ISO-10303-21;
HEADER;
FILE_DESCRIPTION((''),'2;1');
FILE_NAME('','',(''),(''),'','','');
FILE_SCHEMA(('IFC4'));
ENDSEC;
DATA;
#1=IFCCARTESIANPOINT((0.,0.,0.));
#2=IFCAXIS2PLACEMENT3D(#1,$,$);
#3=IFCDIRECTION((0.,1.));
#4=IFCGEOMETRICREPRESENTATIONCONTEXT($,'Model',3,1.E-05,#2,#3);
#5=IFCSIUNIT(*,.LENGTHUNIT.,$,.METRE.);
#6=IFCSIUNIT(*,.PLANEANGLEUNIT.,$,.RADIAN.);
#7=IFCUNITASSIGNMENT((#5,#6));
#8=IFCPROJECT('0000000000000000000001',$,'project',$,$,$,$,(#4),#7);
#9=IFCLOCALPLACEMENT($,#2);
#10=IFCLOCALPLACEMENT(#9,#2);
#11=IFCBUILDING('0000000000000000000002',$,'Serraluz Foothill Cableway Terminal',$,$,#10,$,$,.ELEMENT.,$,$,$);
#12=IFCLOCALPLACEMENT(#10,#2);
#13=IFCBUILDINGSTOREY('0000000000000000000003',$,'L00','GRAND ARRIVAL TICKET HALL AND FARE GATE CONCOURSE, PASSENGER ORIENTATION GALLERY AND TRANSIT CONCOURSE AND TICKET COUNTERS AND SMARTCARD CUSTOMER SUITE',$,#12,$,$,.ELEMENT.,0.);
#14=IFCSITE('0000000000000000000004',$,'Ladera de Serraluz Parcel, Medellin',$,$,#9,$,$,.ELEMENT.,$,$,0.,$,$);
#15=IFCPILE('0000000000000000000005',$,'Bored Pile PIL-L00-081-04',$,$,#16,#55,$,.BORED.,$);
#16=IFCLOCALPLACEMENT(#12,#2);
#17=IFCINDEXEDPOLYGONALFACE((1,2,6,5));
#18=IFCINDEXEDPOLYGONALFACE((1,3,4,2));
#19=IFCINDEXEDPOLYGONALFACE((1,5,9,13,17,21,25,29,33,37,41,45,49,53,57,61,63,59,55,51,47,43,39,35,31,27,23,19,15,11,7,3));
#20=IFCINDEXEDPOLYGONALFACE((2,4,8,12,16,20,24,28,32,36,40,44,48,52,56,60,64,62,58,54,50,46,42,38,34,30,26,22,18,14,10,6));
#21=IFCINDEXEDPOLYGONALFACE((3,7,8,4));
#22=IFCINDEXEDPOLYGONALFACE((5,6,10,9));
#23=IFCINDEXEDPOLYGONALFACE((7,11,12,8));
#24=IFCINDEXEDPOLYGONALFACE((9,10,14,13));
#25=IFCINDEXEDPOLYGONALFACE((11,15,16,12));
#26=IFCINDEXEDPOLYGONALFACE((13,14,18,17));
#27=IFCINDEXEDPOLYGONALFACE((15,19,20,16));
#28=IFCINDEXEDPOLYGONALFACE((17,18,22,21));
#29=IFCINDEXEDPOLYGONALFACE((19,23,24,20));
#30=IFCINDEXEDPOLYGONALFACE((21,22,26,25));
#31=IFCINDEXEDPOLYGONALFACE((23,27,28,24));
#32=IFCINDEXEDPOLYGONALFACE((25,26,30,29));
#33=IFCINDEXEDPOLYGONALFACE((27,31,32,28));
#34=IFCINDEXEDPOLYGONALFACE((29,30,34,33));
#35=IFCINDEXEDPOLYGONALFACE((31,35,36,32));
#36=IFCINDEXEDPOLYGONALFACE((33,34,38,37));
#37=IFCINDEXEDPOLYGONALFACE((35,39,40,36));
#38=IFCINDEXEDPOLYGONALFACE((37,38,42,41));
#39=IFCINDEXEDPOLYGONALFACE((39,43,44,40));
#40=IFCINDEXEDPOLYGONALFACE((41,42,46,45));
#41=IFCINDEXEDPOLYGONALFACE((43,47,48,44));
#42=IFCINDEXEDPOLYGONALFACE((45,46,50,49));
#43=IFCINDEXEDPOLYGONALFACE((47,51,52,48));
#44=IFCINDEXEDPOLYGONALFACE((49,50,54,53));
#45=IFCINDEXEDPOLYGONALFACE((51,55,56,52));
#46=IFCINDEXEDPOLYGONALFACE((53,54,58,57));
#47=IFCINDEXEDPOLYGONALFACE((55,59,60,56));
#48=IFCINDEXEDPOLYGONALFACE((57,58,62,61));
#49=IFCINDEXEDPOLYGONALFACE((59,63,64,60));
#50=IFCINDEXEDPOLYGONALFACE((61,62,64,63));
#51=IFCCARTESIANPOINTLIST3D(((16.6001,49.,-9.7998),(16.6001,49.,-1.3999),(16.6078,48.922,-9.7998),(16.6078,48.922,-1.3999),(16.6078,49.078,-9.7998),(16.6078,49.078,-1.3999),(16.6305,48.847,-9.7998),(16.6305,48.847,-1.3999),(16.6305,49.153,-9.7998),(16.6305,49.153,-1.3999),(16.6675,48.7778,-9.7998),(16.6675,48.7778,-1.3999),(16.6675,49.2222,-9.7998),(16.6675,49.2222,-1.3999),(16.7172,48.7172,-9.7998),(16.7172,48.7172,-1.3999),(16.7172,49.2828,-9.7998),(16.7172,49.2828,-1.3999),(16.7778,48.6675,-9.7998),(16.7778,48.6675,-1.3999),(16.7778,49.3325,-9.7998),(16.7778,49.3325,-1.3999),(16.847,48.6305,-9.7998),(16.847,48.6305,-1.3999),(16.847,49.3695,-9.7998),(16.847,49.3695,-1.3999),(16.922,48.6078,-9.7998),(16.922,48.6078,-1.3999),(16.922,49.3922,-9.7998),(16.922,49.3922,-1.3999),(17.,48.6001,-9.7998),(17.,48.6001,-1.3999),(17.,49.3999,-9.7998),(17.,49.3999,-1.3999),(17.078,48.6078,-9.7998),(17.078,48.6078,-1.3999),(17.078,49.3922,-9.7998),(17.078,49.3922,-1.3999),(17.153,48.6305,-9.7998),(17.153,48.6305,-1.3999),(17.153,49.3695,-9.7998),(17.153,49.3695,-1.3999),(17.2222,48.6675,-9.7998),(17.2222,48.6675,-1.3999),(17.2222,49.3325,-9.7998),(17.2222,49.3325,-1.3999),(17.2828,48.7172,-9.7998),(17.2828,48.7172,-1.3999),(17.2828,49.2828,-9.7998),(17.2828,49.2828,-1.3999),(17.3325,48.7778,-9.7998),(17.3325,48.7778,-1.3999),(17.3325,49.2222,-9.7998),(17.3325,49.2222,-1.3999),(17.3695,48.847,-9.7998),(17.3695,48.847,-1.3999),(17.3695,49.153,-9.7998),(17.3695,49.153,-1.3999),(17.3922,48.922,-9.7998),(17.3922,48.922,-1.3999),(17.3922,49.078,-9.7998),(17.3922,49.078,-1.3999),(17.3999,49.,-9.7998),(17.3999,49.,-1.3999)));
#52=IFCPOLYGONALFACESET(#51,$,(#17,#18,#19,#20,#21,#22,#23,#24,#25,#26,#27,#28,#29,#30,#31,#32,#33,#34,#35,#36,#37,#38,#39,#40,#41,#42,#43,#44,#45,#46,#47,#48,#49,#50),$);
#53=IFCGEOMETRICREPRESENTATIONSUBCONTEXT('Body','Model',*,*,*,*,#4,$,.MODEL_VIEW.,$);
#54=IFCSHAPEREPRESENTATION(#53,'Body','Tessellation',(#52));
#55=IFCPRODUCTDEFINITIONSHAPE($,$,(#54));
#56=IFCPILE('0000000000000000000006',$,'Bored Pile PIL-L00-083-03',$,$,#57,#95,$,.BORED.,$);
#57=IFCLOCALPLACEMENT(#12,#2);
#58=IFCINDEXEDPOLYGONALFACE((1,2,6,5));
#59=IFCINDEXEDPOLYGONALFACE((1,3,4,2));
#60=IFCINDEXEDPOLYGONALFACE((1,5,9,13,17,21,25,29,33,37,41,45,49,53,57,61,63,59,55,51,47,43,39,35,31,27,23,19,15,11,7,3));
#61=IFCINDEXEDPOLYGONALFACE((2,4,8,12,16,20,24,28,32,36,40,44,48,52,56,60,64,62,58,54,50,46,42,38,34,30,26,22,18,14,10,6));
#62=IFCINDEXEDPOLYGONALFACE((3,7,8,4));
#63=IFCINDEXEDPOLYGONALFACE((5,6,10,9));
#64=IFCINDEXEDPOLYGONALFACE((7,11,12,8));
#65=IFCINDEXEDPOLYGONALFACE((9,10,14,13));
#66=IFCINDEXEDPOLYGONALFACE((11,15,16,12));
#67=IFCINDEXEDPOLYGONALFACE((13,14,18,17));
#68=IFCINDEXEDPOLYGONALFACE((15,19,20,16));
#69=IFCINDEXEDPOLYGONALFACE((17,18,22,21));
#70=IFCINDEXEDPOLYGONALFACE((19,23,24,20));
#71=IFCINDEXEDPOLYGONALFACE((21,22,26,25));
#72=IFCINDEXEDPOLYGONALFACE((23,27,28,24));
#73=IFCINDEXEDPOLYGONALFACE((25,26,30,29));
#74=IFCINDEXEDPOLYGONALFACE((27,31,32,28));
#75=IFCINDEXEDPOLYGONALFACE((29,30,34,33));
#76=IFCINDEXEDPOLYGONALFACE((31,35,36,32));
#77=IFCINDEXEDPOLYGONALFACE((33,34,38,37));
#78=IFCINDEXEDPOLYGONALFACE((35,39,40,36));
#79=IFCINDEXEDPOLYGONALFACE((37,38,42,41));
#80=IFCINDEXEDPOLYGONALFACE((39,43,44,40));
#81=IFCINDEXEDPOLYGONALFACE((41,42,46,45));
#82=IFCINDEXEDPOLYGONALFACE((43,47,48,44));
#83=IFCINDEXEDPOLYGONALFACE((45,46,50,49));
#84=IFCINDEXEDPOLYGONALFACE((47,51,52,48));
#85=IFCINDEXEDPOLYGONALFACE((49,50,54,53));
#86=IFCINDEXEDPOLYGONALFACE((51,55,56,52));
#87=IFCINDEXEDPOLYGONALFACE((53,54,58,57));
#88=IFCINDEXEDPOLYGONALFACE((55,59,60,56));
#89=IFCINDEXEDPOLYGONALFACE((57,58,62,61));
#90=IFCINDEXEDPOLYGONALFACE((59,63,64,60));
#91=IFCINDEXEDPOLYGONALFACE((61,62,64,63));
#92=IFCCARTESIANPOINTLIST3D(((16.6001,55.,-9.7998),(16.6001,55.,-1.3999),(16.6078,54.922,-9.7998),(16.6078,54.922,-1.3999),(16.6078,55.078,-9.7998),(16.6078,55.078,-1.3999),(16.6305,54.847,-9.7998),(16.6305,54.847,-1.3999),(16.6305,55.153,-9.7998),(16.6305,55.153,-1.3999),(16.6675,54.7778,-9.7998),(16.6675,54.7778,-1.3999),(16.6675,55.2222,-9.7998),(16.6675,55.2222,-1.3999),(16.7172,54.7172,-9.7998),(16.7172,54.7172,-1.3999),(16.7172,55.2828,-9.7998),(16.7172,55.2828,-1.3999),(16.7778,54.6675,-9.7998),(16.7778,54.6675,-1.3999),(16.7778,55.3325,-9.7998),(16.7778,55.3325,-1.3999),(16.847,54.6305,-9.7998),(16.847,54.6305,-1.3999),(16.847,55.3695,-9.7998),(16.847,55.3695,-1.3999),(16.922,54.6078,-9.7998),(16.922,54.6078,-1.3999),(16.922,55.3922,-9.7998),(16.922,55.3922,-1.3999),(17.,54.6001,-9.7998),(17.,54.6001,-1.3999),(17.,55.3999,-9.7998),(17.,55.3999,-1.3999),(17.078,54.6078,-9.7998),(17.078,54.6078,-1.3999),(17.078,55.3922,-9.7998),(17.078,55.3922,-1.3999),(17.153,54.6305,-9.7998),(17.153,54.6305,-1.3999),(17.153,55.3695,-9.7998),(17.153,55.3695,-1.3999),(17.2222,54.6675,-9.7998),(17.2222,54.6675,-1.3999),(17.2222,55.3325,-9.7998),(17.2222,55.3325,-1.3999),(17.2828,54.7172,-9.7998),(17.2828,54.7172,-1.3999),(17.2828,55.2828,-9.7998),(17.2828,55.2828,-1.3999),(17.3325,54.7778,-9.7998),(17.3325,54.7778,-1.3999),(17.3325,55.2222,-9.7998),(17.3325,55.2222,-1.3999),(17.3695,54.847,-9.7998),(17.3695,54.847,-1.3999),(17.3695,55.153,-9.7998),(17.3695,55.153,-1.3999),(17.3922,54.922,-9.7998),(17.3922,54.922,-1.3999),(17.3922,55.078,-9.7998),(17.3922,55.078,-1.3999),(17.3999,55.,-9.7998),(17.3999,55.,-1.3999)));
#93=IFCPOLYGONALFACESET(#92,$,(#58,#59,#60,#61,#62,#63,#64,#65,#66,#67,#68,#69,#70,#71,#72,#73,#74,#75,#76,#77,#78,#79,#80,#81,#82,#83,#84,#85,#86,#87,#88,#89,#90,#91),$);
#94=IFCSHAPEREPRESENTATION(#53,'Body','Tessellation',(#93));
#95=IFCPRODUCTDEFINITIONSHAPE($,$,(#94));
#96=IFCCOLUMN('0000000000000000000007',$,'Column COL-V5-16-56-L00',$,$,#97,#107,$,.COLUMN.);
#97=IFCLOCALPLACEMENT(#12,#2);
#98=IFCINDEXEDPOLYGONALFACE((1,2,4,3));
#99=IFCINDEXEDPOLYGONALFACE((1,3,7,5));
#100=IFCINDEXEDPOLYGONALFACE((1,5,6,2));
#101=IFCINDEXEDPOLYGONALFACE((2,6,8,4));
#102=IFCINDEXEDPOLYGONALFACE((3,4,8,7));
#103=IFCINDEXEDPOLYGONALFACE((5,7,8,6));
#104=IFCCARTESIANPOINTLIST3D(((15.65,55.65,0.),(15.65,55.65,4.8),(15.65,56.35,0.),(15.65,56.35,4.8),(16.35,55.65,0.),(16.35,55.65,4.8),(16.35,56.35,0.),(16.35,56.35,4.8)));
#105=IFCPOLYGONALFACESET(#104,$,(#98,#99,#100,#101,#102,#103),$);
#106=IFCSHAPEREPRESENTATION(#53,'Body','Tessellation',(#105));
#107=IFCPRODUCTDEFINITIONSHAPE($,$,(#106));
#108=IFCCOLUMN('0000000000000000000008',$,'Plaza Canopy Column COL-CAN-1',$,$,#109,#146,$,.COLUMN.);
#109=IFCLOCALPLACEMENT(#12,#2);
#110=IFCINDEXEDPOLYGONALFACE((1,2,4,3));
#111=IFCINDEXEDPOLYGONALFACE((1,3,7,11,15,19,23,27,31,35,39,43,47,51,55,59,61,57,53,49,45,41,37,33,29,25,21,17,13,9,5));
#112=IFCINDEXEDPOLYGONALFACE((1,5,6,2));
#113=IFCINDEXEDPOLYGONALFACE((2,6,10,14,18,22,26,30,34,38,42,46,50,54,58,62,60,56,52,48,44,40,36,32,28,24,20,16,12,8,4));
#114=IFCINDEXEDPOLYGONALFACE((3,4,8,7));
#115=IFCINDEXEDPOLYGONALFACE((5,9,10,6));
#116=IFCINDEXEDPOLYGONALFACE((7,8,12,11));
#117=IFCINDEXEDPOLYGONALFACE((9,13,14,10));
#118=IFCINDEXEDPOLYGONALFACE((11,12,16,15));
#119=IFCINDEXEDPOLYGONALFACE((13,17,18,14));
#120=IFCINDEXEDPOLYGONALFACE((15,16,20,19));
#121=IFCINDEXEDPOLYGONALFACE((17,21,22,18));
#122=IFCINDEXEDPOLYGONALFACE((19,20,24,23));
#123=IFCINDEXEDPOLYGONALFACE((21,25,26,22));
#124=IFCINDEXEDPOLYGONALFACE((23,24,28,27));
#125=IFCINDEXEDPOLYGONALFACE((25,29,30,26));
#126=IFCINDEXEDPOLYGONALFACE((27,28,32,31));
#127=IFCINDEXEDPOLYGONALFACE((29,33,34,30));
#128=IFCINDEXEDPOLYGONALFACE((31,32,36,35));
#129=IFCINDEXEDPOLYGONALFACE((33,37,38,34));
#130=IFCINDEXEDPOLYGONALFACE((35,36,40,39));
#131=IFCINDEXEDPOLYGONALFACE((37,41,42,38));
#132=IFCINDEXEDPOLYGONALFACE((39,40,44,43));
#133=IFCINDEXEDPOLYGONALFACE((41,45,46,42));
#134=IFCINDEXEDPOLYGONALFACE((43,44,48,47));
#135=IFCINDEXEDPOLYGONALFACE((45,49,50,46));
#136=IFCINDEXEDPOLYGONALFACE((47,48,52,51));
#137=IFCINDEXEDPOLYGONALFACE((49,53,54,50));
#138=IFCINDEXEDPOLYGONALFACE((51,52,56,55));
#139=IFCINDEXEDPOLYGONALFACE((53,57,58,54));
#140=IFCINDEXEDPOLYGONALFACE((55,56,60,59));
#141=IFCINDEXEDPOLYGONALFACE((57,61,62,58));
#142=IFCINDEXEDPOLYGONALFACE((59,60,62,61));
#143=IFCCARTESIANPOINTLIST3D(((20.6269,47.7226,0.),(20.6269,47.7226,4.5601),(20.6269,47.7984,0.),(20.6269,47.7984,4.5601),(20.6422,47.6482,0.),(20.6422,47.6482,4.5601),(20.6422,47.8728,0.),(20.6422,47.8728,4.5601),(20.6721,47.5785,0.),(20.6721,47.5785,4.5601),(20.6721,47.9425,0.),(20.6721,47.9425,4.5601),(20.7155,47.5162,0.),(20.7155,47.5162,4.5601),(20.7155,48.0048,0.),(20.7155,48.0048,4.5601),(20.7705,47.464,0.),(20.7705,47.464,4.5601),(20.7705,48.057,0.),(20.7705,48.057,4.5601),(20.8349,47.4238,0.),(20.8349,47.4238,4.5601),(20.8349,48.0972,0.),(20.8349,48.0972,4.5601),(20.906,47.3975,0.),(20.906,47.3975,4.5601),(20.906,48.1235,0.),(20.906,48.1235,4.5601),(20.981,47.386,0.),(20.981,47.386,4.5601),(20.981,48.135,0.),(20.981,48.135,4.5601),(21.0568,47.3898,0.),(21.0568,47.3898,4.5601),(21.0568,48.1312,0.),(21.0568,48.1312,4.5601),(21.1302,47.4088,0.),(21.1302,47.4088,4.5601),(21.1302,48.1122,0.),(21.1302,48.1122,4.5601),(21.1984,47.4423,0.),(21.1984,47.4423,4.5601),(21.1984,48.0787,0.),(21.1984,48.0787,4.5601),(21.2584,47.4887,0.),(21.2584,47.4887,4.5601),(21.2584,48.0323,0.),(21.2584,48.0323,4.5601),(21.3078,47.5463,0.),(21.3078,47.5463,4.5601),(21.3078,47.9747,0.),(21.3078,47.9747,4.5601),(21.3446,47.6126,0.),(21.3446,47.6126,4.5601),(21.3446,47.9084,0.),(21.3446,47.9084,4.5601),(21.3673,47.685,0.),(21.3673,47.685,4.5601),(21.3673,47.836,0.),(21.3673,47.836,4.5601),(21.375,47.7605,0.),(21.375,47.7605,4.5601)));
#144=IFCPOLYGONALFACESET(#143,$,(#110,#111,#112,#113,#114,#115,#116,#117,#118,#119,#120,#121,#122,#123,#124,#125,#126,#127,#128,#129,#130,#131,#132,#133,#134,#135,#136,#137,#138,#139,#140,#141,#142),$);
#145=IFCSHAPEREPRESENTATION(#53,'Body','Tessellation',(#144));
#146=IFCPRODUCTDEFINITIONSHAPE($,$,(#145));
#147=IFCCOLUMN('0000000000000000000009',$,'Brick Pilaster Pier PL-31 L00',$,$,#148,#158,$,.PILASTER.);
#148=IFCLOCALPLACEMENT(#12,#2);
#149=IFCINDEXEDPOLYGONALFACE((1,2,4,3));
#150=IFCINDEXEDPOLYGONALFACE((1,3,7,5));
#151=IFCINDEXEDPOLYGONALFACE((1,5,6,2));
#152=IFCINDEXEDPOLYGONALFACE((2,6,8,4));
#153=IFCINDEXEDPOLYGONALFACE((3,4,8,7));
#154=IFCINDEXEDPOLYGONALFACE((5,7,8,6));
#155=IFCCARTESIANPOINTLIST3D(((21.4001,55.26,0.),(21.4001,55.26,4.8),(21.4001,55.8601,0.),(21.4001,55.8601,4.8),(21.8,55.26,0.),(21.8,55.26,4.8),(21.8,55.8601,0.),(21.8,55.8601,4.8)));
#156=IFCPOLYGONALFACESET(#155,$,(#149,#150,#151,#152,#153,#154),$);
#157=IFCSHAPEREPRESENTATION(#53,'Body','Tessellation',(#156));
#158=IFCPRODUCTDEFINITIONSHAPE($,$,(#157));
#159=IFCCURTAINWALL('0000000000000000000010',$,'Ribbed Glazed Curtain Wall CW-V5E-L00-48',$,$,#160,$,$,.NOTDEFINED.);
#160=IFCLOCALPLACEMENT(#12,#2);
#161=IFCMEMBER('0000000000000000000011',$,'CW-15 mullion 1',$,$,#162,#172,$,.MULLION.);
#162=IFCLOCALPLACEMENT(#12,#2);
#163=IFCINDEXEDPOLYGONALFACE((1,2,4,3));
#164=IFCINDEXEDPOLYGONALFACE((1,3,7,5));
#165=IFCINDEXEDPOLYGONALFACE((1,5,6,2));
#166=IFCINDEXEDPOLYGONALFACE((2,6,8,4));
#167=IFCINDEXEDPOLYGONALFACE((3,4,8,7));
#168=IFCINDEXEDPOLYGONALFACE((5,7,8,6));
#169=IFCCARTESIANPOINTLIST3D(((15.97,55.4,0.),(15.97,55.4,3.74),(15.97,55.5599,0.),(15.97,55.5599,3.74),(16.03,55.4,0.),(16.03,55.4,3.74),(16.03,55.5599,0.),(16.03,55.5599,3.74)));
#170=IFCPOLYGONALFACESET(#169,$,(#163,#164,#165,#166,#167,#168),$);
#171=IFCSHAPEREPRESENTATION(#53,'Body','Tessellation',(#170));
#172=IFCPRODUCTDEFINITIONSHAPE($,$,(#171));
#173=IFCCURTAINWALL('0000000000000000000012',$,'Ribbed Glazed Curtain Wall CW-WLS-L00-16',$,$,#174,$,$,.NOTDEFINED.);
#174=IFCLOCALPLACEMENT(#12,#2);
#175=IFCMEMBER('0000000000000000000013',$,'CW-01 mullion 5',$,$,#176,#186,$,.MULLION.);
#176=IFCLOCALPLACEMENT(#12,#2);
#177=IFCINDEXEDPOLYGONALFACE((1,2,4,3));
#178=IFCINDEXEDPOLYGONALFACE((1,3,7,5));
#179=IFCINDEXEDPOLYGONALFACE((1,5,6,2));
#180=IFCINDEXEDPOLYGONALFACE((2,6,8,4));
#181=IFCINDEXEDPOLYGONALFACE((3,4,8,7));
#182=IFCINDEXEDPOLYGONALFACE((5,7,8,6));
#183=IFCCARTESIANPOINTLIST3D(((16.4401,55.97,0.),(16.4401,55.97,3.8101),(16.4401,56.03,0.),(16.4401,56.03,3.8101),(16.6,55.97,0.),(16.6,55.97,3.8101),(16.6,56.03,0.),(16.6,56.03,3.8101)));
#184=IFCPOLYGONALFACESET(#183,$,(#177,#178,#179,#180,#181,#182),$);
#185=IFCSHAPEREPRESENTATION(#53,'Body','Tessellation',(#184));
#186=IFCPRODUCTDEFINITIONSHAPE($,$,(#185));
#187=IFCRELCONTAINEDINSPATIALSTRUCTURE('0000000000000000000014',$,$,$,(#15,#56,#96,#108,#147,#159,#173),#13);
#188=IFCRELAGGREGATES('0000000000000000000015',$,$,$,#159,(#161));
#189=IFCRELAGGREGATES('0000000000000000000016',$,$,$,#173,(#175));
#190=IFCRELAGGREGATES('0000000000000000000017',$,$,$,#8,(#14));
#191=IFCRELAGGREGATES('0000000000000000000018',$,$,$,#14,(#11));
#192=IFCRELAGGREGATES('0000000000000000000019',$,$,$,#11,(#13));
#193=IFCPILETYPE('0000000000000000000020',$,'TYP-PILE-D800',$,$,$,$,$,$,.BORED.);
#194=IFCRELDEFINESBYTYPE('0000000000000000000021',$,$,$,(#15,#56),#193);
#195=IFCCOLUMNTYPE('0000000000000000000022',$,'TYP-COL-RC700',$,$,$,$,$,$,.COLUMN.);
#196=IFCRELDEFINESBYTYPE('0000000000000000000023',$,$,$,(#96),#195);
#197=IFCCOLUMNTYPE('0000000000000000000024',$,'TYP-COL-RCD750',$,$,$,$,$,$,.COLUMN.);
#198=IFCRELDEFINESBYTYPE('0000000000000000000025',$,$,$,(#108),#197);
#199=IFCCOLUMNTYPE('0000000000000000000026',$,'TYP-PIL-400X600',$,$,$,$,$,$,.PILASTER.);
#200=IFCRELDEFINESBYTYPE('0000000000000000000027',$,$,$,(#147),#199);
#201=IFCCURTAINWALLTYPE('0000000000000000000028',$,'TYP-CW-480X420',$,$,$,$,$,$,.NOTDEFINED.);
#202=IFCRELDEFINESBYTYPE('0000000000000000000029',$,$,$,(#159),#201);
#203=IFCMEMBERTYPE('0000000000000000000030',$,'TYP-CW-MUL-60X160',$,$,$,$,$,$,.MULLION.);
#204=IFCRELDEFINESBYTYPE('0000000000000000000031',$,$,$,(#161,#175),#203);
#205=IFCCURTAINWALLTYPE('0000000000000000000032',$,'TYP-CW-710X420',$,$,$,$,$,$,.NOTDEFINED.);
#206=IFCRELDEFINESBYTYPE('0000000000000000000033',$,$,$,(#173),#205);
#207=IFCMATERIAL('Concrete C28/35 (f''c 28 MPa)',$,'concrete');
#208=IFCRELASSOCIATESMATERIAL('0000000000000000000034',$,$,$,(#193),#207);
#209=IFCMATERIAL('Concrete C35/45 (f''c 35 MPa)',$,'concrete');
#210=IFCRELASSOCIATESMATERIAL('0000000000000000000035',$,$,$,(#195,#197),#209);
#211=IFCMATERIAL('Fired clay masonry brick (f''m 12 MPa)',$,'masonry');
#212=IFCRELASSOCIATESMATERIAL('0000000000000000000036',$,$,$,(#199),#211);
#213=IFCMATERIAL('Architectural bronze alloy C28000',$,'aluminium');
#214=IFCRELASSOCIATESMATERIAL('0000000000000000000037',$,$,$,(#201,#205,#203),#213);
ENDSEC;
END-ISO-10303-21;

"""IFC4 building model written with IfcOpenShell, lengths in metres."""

from ifc_helpers import new_model, si_unit, direction, frame, origin, origin_2d, place, context, subcontext, project, spatial, rectangle, circle, extrude, material, material_profile, profile_set, type_object, element, aggregate, save


model = new_model("IFC4")

# Units and contexts
model_context = context("Model", 3, precision=1e-05, world=origin(), true_north=direction((0.0, 1.0)))
body_context = subcontext(model_context, "Body", "Model", "MODEL_VIEW")
ifc_project = project(units=[si_unit("LENGTHUNIT", "METRE"), si_unit("PLANEANGLEUNIT", "RADIAN")], contexts=[model_context])

# Site, building, storey
site_placement = place(None, origin())
site = spatial("IfcSite", under=ifc_project, at=site_placement, Name="Ladera de Serraluz Parcel, Medellin", CompositionType="ELEMENT", RefElevation=0.0)
building_placement = place(site_placement, origin())
building = spatial("IfcBuilding", under=site, at=building_placement, Name="Serraluz Foothill Cableway Terminal", CompositionType="ELEMENT")
storey_placement = place(building_placement, origin())
storey = spatial("IfcBuildingStorey", under=building, at=storey_placement, Name="L00", Description="GRAND ARRIVAL TICKET HALL AND FARE GATE CONCOURSE, PASSENGER ORIENTATION GALLERY AND TRANSIT CONCOURSE AND TICKET COUNTERS AND SMARTCARD CUSTOMER SUITE", CompositionType="ELEMENT", Elevation=0.0)

# Shared definitions
ifc_material_1 = material(Name="Concrete C35/45 (f'c 35 MPa)", Category="concrete")

# Piles
ifc_material_2 = material(Name="Concrete C28/35 (f'c 28 MPa)", Category="concrete")
ifc_material_profile_1 = material_profile(ifc_material_2, circle(Radius=0.3999, at=origin_2d()), Name="BORED PILE D800")
ifc_profile_set_1 = profile_set([ifc_material_profile_1], Name="Concrete C28/35 (f'c 28 MPa)")
pile_type = type_object("IfcPileType", Name="TYP-PILE-D800", PredefinedType="BORED", material=ifc_profile_set_1)
for number, where, z_axis, x_axis, name in (
    (1, (17.0, 49.0, -1.3999), (0.0, 0.0, -1.0), (1.0, 0.0, 0.0), "Bored Pile PIL-L00-081-04"),
    (2, (17.0, 55.0, -1.3999), (0.0, 0.0, -1.0), (1.0, 0.0, 0.0), "Bored Pile PIL-L00-083-03"),
):
    element("IfcPile", number, at=place(storey_placement, frame(where, z_axis=z_axis, x_axis=x_axis)), inside=storey, type_object=pile_type, Name=name, PredefinedType="BORED", context=body_context, shape_type="SweptSolid", body=[
        extrude(circle(Radius=0.3999, at=origin_2d()), origin(), (0.0, 0.0, 1.0), 8.3999),
    ])

# Columns
ifc_material_profile_2 = material_profile(ifc_material_1, rectangle(XDim=0.7, YDim=0.7, at=origin_2d()), Name="RC 700x700")
ifc_profile_set_2 = profile_set([ifc_material_profile_2], Name="Concrete C35/45 (f'c 35 MPa)")
column_type_1 = type_object("IfcColumnType", Name="TYP-COL-RC700", PredefinedType="COLUMN", material=ifc_profile_set_2)
column_1_placement = place(storey_placement, frame((16.0, 56.0, 0.0), z_axis=(0.0, 0.0, 1.0), x_axis=(1.0, 0.0, 0.0)))
element("IfcColumn", 3, at=column_1_placement, inside=storey, type_object=column_type_1, Name="Column COL-V5-16-56-L00", PredefinedType="COLUMN", context=body_context, shape_type="SweptSolid", body=[
    extrude(rectangle(XDim=0.7, YDim=0.7, at=origin_2d()), origin(), (0.0, 0.0, 1.0), 4.8),
])
ifc_material_profile_3 = material_profile(ifc_material_1, circle(Radius=0.375, at=origin_2d()), Name="RC D750")
ifc_profile_set_3 = profile_set([ifc_material_profile_3], Name="Concrete C35/45 (f'c 35 MPa)")
column_type_2 = type_object("IfcColumnType", Name="TYP-COL-RCD750", PredefinedType="COLUMN", material=ifc_profile_set_3)
column_2_placement = place(storey_placement, frame((21.0, 47.7605, 0.0), z_axis=(0.0, 0.0, 1.0), x_axis=(1.0, 0.0, 0.0)))
element("IfcColumn", 4, at=column_2_placement, inside=storey, type_object=column_type_2, Name="Plaza Canopy Column COL-CAN-1", PredefinedType="COLUMN", context=body_context, shape_type="SweptSolid", body=[
    extrude(circle(Radius=0.375, at=origin_2d()), origin(), (0.0, 0.0, 1.0), 4.5601),
])
ifc_material_3 = material(Name="Fired clay masonry brick (f'm 12 MPa)", Category="masonry")
ifc_material_profile_4 = material_profile(ifc_material_3, rectangle(XDim=0.3999, YDim=0.6001, at=origin_2d()), Name="PIL 400x600")
ifc_profile_set_4 = profile_set([ifc_material_profile_4], Name="Fired clay masonry brick (f'm 12 MPa)")
column_type_3 = type_object("IfcColumnType", Name="TYP-PIL-400X600", PredefinedType="PILASTER", material=ifc_profile_set_4)
column_3_placement = place(storey_placement, frame((21.6001, 55.5601, 0.0), z_axis=(0.0, 0.0, 1.0), x_axis=(1.0, 0.0, 0.0)))
element("IfcColumn", 5, at=column_3_placement, inside=storey, type_object=column_type_3, Name="Brick Pilaster Pier PL-31 L00", PredefinedType="PILASTER", context=body_context, shape_type="SweptSolid", body=[
    extrude(rectangle(XDim=0.3999, YDim=0.6001, at=origin_2d()), origin(), (0.0, 0.0, 1.0), 4.8),
])

# Curtain walls, members
ifc_material_4 = material(Name="Architectural bronze alloy C28000", Category="aluminium")
curtain_wall_type_1 = type_object("IfcCurtainWallType", Name="TYP-CW-480X420", PredefinedType="NOTDEFINED", material=ifc_material_4)
curtain_wall_1_placement = place(storey_placement, origin())
curtain_wall_1 = element("IfcCurtainWall", 6, at=curtain_wall_1_placement, inside=storey, type_object=curtain_wall_type_1, Name="Ribbed Glazed Curtain Wall CW-V5E-L00-48", PredefinedType="NOTDEFINED")
ifc_material_profile_5 = material_profile(ifc_material_4, rectangle(XDim=0.0601, YDim=0.1599, at=origin_2d()), Name="ALU MULLION 60x160")
ifc_profile_set_5 = profile_set([ifc_material_profile_5], Name="Architectural bronze alloy C28000")
member_type_1 = type_object("IfcMemberType", Name="TYP-CW-MUL-60X160", PredefinedType="MULLION", material=ifc_profile_set_5)
member_1_placement = place(storey_placement, frame((16.0, 55.48, 0.0), z_axis=(0.0, 0.0, 1.0), x_axis=(1.0, 0.0, 0.0)))
member_1 = element("IfcMember", 7, at=member_1_placement, type_object=member_type_1, Name="CW-15 mullion 1", PredefinedType="MULLION", context=body_context, shape_type="SweptSolid", body=[
    extrude(rectangle(XDim=0.0601, YDim=0.1599, at=origin_2d()), origin(), (0.0, 0.0, 1.0), 3.74),
])
curtain_wall_type_2 = type_object("IfcCurtainWallType", Name="TYP-CW-710X420", PredefinedType="NOTDEFINED", material=ifc_material_4)
curtain_wall_2_placement = place(storey_placement, origin())
curtain_wall_2 = element("IfcCurtainWall", 8, at=curtain_wall_2_placement, inside=storey, type_object=curtain_wall_type_2, Name="Ribbed Glazed Curtain Wall CW-WLS-L00-16", PredefinedType="NOTDEFINED")
member_2_placement = place(storey_placement, frame((16.52, 56.0, 0.0), z_axis=(0.0, 0.0, 1.0), x_axis=(0.0, -1.0, 0.0)))
member_2 = element("IfcMember", 9, at=member_2_placement, type_object=member_type_1, Name="CW-01 mullion 5", PredefinedType="MULLION", context=body_context, shape_type="SweptSolid", body=[
    extrude(rectangle(XDim=0.0601, YDim=0.1599, at=origin_2d()), origin(), (0.0, 0.0, 1.0), 3.8101),
])

aggregate(curtain_wall_1, [member_1])

aggregate(curtain_wall_2, [member_2])

save(model, "model.ifc")
